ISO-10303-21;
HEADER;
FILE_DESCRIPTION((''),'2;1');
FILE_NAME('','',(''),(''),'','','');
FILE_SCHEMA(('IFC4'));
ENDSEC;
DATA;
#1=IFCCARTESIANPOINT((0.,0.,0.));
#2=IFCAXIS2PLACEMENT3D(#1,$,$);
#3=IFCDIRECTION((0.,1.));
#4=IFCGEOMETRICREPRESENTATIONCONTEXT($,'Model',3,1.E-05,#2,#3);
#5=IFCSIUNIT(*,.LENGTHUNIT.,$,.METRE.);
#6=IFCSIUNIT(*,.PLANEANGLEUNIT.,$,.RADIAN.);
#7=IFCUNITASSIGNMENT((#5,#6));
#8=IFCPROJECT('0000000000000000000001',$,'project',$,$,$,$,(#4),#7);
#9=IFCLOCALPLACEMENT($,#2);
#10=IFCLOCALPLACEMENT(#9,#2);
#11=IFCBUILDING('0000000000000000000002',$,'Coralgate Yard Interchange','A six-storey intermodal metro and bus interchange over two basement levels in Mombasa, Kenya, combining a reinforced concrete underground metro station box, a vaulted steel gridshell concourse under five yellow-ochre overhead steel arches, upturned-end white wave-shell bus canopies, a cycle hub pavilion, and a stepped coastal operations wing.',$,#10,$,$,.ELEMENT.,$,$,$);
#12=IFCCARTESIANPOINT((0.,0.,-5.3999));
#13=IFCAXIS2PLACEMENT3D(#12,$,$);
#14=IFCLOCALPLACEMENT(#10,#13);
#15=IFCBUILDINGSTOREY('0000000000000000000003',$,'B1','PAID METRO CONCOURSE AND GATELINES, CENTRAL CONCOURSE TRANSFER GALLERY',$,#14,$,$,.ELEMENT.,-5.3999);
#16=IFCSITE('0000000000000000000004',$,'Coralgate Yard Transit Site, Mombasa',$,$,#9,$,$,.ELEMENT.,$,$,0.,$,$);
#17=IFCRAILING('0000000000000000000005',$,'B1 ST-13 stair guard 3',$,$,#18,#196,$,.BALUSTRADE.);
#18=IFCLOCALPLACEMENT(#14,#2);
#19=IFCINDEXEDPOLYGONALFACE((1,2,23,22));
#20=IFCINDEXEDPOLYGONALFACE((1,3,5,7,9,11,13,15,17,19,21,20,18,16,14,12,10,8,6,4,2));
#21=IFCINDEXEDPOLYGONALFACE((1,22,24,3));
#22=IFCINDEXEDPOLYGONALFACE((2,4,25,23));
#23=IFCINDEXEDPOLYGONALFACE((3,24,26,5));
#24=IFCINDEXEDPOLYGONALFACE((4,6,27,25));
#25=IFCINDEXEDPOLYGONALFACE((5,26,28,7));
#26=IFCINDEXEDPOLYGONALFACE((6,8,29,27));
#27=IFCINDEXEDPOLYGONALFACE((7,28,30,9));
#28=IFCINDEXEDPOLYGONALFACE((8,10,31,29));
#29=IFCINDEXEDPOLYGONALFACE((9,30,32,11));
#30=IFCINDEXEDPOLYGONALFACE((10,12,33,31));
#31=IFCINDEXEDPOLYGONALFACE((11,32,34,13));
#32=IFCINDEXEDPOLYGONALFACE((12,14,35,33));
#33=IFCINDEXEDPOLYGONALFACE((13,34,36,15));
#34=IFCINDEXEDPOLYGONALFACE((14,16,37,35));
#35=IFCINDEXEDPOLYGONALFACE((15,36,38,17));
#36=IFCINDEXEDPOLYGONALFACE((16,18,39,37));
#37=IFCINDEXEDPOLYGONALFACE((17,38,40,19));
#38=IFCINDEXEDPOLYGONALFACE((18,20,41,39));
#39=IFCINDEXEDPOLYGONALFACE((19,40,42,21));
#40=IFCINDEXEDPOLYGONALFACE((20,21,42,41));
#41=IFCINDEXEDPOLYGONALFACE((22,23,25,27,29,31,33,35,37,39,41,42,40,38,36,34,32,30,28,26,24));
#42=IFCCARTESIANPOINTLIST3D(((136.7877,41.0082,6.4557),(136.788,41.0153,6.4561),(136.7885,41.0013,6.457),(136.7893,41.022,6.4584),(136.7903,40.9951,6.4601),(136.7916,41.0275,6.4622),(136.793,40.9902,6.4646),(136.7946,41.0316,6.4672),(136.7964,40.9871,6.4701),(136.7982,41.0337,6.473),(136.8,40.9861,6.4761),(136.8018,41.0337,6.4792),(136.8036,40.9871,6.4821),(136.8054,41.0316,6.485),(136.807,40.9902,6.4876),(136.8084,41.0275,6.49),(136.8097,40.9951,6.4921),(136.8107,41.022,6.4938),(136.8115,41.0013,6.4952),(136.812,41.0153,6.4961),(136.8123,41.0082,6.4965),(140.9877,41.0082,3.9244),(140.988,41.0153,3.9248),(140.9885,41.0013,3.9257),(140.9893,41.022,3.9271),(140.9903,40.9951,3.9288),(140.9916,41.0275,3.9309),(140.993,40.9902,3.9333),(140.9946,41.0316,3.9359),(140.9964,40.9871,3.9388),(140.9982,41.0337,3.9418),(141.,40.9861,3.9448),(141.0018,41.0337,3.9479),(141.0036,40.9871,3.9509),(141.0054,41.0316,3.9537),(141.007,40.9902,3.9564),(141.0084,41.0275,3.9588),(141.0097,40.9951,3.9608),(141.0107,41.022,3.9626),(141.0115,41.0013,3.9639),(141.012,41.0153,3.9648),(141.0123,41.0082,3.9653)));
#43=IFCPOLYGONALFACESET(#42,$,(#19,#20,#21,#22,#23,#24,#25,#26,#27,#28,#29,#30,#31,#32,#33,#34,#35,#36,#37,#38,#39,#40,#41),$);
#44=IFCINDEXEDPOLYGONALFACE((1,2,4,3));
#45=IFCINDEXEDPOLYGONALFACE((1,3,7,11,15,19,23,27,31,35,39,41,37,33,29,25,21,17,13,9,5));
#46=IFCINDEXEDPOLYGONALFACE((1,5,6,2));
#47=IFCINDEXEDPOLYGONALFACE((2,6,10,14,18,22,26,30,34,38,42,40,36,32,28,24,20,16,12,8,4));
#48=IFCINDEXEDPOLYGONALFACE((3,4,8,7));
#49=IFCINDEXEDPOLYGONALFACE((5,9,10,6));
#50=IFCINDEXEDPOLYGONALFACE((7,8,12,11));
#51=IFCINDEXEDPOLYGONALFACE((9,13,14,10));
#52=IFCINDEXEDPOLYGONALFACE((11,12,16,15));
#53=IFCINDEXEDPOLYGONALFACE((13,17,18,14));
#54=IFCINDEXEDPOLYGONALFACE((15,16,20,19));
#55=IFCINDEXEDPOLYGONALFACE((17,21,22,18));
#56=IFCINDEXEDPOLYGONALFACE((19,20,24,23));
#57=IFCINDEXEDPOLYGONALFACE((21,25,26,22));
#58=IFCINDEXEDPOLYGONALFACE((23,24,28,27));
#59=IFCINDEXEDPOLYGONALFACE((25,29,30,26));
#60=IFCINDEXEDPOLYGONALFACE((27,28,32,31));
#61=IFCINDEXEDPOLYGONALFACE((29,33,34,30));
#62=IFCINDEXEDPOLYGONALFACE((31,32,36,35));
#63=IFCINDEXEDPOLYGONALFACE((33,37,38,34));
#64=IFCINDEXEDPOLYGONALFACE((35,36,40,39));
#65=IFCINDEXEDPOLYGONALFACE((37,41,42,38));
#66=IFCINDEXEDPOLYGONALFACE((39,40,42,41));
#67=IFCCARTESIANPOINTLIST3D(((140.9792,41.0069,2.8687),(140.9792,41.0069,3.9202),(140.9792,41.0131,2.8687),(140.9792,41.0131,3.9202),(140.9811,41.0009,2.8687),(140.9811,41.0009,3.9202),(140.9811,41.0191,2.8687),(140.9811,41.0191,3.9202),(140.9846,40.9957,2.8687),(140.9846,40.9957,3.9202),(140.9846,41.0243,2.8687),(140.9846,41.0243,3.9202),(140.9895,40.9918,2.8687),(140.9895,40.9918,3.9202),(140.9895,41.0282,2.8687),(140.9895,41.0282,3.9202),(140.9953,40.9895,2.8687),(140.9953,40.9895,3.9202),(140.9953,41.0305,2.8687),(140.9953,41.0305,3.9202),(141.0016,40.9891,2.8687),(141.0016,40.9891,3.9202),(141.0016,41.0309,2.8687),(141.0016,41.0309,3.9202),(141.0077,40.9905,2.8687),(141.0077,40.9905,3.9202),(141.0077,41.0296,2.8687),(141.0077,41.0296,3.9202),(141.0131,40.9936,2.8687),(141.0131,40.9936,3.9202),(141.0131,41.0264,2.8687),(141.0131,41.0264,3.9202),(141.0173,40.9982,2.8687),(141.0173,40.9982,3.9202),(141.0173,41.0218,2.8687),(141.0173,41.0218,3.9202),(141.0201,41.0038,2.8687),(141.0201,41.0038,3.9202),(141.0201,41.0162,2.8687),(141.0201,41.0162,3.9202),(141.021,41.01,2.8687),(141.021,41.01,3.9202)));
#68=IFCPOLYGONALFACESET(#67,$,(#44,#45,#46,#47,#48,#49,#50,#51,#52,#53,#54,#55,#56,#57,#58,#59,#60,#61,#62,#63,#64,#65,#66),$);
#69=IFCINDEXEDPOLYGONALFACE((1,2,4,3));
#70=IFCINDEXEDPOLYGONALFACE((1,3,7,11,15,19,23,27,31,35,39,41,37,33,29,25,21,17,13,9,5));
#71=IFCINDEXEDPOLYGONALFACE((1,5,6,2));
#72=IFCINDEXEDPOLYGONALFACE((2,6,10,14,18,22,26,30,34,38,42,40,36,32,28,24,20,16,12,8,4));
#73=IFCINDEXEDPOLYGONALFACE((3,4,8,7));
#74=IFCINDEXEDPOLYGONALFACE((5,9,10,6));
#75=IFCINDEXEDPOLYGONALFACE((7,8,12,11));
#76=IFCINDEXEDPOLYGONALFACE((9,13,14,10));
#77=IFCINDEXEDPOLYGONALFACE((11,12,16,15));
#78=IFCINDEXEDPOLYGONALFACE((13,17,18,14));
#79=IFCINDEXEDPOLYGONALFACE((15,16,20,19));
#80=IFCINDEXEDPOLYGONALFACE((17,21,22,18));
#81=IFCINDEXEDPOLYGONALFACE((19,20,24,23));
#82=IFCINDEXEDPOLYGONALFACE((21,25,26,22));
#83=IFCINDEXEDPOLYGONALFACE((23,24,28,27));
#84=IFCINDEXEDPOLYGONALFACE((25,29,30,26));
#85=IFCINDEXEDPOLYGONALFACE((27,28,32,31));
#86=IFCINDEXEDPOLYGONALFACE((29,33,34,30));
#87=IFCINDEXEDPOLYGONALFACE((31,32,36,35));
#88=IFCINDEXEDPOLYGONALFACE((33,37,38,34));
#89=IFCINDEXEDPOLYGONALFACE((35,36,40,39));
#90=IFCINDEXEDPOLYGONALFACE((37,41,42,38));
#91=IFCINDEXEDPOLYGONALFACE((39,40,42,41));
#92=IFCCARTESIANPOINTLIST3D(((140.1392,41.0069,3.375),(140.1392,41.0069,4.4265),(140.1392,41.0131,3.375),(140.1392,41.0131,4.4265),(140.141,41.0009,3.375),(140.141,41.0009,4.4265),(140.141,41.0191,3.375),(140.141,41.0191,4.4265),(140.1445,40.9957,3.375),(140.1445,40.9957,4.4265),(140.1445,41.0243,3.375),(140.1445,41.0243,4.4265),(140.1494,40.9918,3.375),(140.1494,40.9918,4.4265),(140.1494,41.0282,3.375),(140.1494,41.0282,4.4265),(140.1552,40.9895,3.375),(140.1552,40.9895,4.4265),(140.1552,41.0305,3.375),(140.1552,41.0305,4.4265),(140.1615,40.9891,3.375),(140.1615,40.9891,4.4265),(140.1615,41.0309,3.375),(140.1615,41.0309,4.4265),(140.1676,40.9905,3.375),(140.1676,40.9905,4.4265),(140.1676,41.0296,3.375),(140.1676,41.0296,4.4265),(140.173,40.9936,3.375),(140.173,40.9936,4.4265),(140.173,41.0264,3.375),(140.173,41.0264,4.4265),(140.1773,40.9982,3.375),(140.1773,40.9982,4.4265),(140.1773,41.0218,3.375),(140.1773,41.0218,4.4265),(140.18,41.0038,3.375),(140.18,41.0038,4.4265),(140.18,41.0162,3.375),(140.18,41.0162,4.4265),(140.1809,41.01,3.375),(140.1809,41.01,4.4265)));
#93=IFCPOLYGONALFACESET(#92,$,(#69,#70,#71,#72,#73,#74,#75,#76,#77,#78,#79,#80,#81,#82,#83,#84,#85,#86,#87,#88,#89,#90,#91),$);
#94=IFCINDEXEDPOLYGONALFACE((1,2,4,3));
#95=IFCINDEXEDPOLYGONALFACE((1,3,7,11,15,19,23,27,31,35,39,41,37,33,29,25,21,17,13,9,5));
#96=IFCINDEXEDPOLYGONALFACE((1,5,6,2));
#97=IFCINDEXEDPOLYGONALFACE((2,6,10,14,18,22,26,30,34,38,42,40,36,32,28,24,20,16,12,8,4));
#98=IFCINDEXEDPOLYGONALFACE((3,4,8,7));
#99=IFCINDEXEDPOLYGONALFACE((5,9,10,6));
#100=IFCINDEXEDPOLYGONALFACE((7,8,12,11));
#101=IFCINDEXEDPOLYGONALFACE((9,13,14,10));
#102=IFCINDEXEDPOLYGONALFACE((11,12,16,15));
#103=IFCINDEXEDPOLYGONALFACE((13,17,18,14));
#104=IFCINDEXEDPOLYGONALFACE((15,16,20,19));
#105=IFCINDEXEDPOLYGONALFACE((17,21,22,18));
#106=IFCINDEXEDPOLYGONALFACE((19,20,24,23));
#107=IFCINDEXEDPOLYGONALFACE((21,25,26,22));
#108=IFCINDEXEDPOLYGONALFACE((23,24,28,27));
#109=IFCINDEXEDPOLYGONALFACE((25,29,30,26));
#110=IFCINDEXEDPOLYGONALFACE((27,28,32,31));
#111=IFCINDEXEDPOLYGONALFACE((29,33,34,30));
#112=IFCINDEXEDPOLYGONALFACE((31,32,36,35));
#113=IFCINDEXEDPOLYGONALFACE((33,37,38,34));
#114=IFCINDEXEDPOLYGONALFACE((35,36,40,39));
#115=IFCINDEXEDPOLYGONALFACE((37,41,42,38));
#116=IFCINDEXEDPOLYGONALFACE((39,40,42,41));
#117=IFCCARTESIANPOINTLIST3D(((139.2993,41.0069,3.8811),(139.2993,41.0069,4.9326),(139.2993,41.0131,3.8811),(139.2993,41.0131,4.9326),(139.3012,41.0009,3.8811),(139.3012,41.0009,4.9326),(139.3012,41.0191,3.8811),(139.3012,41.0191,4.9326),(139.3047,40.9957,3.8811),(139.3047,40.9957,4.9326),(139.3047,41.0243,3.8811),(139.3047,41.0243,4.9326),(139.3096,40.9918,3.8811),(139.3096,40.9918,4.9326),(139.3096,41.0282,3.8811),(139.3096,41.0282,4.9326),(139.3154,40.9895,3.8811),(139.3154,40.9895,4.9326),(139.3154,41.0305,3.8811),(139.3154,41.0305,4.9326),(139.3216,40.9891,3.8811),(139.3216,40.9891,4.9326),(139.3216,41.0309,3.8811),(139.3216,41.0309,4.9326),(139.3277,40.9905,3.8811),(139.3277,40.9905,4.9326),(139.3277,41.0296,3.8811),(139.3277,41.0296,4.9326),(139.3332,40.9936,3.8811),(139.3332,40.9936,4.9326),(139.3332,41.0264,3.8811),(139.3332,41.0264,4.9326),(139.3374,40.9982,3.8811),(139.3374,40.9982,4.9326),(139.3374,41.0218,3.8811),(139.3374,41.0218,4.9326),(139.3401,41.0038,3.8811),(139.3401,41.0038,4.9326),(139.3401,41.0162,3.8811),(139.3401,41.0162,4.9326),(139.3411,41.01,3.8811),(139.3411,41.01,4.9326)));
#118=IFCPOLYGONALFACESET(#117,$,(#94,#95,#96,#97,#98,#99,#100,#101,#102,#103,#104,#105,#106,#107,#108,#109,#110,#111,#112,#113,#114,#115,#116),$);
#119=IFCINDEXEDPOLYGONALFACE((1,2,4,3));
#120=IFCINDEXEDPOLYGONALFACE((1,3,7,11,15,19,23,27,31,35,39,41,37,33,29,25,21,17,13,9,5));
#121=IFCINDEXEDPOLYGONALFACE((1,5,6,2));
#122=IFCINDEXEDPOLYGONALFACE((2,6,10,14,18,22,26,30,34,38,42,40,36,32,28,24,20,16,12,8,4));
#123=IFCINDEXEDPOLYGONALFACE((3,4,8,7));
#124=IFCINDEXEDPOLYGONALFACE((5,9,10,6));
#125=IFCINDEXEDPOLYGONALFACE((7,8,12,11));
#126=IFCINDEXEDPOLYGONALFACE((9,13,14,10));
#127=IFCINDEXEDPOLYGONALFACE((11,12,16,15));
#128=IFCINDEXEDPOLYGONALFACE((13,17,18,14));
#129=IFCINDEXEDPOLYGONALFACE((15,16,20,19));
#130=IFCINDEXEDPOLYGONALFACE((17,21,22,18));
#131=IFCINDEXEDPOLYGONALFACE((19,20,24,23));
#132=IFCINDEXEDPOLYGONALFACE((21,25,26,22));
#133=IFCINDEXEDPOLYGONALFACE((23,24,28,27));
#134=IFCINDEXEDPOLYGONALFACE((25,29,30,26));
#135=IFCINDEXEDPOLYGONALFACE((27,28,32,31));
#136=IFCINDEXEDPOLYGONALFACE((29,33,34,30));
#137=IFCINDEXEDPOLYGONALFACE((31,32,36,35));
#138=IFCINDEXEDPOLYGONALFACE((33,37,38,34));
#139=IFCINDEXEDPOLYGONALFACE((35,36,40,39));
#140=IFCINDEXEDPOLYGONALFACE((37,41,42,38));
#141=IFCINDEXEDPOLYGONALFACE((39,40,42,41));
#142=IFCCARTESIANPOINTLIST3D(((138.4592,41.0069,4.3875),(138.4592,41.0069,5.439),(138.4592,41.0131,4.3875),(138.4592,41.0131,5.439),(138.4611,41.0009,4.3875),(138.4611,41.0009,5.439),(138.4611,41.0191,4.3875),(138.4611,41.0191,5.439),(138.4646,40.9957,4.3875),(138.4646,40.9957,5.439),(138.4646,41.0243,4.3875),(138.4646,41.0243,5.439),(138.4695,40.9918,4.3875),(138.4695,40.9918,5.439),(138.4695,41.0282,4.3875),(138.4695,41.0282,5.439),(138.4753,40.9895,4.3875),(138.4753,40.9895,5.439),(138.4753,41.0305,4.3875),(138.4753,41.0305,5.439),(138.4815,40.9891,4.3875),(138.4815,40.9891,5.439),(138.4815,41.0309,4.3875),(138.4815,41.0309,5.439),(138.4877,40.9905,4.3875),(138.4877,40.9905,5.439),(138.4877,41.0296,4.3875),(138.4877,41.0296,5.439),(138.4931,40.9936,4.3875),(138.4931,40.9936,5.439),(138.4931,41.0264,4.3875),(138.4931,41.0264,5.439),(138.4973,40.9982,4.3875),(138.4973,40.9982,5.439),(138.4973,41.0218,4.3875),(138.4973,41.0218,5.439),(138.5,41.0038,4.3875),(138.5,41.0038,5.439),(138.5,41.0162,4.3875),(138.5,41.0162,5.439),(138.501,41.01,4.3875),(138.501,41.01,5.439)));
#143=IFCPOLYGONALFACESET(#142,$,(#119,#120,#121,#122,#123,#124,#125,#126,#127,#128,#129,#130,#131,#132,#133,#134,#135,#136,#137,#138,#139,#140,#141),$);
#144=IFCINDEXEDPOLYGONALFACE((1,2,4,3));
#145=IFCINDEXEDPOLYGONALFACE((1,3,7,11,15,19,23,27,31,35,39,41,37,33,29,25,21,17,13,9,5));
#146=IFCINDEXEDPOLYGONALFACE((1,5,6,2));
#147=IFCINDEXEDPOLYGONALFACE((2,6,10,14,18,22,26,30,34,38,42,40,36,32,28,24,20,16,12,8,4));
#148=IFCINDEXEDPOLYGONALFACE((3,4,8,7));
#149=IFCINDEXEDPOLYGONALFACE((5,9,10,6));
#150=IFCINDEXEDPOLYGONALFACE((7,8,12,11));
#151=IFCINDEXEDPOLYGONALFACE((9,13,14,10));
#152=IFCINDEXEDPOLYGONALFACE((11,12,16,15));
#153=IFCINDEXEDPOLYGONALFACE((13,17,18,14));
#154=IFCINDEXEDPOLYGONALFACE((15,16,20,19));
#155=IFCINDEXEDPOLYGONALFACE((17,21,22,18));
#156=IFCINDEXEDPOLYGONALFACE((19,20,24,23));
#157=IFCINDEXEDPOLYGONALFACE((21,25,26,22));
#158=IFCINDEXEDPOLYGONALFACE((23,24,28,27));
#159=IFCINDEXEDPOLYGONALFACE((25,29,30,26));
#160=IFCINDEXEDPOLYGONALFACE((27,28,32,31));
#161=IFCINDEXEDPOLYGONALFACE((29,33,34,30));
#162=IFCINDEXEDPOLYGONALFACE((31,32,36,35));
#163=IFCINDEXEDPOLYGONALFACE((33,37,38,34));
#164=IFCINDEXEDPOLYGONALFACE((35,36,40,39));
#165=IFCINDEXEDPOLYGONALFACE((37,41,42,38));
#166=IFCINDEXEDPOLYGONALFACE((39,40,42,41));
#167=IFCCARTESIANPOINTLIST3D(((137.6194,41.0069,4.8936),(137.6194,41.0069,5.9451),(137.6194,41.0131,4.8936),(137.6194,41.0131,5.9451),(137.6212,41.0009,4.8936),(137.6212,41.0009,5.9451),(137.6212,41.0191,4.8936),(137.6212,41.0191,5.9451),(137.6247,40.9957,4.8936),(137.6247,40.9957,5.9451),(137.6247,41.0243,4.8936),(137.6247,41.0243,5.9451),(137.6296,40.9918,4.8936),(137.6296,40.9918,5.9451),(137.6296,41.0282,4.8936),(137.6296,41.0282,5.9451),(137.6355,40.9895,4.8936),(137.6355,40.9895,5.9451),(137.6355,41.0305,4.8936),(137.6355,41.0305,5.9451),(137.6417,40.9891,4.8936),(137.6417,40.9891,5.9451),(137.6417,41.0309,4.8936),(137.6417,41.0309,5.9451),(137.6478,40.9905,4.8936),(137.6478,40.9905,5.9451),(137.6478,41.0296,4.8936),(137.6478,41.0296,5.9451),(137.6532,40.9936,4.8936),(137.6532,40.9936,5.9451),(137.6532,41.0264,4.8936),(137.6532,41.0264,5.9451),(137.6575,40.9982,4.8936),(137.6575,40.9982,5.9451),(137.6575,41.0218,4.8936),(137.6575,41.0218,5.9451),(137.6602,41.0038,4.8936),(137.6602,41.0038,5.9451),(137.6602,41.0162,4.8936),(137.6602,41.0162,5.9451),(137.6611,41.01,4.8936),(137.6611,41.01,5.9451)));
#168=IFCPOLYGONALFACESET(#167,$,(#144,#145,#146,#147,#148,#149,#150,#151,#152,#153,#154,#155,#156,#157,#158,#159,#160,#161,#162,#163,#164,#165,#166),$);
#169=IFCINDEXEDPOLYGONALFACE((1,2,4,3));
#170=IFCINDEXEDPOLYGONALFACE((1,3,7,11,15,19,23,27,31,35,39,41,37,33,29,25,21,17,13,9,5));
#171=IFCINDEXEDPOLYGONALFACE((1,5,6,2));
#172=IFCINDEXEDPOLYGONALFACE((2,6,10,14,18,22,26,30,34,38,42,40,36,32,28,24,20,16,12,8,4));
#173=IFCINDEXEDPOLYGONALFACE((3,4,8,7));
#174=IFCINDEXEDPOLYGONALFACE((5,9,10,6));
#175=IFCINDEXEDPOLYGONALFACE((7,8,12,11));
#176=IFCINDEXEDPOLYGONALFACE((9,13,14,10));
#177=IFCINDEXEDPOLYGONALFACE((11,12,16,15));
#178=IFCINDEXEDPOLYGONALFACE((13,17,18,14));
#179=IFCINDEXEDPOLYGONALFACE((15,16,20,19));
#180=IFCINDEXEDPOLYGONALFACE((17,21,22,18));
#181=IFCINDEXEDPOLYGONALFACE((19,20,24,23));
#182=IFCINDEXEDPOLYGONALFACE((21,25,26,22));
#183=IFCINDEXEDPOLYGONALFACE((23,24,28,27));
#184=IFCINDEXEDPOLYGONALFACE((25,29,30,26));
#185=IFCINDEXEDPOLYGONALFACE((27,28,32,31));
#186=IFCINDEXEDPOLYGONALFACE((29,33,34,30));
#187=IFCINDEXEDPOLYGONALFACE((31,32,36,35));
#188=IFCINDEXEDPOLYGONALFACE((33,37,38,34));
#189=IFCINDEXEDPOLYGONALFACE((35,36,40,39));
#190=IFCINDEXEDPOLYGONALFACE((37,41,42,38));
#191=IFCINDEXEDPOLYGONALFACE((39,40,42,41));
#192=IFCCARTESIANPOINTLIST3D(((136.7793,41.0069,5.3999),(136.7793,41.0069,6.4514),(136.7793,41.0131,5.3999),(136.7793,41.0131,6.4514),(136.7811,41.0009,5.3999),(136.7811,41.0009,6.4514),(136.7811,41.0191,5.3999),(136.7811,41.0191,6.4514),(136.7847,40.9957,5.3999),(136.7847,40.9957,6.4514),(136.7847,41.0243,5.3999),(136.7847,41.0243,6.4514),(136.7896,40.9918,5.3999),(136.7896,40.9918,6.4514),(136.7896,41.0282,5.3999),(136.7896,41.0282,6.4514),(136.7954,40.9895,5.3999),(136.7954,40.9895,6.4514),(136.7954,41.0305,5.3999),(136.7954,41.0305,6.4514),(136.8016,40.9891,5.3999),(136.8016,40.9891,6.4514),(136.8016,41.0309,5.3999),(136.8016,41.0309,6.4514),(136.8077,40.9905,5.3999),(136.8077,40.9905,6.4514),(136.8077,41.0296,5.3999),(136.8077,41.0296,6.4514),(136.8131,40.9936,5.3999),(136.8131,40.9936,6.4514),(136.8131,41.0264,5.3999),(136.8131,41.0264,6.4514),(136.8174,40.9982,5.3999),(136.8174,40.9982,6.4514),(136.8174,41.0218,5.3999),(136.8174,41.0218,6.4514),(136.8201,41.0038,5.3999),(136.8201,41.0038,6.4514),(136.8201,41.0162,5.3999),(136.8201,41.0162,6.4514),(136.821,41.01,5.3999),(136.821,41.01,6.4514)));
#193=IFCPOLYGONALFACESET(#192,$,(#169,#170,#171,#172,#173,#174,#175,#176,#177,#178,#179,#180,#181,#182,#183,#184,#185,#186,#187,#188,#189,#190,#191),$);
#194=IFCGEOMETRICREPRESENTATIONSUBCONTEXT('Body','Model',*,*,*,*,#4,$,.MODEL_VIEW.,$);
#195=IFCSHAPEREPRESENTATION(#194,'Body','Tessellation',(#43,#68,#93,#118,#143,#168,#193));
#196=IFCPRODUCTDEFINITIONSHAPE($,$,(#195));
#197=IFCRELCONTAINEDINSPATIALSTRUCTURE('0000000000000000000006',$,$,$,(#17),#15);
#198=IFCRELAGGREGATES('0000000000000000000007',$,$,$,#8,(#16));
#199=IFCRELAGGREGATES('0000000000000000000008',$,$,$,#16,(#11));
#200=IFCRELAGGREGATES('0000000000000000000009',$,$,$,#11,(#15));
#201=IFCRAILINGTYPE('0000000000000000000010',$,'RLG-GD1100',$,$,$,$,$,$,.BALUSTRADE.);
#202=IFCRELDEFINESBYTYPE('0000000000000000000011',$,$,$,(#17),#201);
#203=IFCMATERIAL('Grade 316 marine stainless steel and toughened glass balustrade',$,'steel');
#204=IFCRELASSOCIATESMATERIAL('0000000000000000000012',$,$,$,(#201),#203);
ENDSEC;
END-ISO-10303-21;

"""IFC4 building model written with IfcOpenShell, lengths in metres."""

from ifc_helpers import new_model, si_unit, direction, frame, origin, origin_2d, place, context, subcontext, project, spatial, circle, extrude, material, type_object, element, save


model = new_model("IFC4")

# Units and contexts
model_context = context("Model", 3, precision=1e-05, world=origin(), true_north=direction((0.0, 1.0)))
body_context = subcontext(model_context, "Body", "Model", "MODEL_VIEW")
ifc_project = project(units=[si_unit("LENGTHUNIT", "METRE"), si_unit("PLANEANGLEUNIT", "RADIAN")], contexts=[model_context])

# Site, building, storey
site_placement = place(None, origin())
site = spatial("IfcSite", under=ifc_project, at=site_placement, Name="Coralgate Yard Transit Site, Mombasa", CompositionType="ELEMENT", RefElevation=0.0)
building_placement = place(site_placement, origin())
building = spatial("IfcBuilding", under=site, at=building_placement, Name="Coralgate Yard Interchange", Description="A six-storey intermodal metro and bus interchange over two basement levels in Mombasa, Kenya, combining a reinforced concrete underground metro station box, a vaulted steel gridshell concourse under five yellow-ochre overhead steel arches, upturned-end white wave-shell bus canopies, a cycle hub pavilion, and a stepped coastal operations wing.", CompositionType="ELEMENT")
storey_placement = place(building_placement, frame((0.0, 0.0, -5.3999)))
storey = spatial("IfcBuildingStorey", under=building, at=storey_placement, Name="B1", Description="PAID METRO CONCOURSE AND GATELINES, CENTRAL CONCOURSE TRANSFER GALLERY", CompositionType="ELEMENT", Elevation=-5.3999)

# Railing
ifc_material_1 = material(Name="Grade 316 marine stainless steel and toughened glass balustrade", Category="steel")
railing_type_1 = type_object("IfcRailingType", Name="RLG-GD1100", PredefinedType="BALUSTRADE", material=ifc_material_1)
railing_1_placement = place(storey_placement, frame((141.0, 41.01, 2.8687)))
element("IfcRailing", 1, at=railing_1_placement, inside=storey, type_object=railing_type_1, Name="B1 ST-13 stair guard 3", PredefinedType="BALUSTRADE", context=body_context, shape_type="SweptSolid", body=[
    extrude(circle(Radius=0.0239, at=origin_2d()), frame((0.0, 0.0, 1.0762), z_axis=(-0.856476, 0.0, 0.516186), x_axis=(0.0, -1.0, 0.0)), (0.0, 0.0, 1.0), 4.9038),
    extrude(circle(Radius=0.021, at=origin_2d()), origin(), (0.0, 0.0, 1.0), 1.0515),
    extrude(circle(Radius=0.021, at=origin_2d()), frame((-0.8401, 0.0, 0.5063)), (0.0, 0.0, 1.0), 1.0515),
    extrude(circle(Radius=0.021, at=origin_2d()), frame((-1.6799, 0.0, 1.0125)), (0.0, 0.0, 1.0), 1.0515),
    extrude(circle(Radius=0.021, at=origin_2d()), frame((-2.52, 0.0, 1.5188)), (0.0, 0.0, 1.0), 1.0515),
    extrude(circle(Radius=0.021, at=origin_2d()), frame((-3.3599, 0.0, 2.0249)), (0.0, 0.0, 1.0), 1.0515),
    extrude(circle(Radius=0.021, at=origin_2d()), frame((-4.2, 0.0, 2.5312)), (0.0, 0.0, 1.0), 1.0515),
])

save(model, "model.ifc")
